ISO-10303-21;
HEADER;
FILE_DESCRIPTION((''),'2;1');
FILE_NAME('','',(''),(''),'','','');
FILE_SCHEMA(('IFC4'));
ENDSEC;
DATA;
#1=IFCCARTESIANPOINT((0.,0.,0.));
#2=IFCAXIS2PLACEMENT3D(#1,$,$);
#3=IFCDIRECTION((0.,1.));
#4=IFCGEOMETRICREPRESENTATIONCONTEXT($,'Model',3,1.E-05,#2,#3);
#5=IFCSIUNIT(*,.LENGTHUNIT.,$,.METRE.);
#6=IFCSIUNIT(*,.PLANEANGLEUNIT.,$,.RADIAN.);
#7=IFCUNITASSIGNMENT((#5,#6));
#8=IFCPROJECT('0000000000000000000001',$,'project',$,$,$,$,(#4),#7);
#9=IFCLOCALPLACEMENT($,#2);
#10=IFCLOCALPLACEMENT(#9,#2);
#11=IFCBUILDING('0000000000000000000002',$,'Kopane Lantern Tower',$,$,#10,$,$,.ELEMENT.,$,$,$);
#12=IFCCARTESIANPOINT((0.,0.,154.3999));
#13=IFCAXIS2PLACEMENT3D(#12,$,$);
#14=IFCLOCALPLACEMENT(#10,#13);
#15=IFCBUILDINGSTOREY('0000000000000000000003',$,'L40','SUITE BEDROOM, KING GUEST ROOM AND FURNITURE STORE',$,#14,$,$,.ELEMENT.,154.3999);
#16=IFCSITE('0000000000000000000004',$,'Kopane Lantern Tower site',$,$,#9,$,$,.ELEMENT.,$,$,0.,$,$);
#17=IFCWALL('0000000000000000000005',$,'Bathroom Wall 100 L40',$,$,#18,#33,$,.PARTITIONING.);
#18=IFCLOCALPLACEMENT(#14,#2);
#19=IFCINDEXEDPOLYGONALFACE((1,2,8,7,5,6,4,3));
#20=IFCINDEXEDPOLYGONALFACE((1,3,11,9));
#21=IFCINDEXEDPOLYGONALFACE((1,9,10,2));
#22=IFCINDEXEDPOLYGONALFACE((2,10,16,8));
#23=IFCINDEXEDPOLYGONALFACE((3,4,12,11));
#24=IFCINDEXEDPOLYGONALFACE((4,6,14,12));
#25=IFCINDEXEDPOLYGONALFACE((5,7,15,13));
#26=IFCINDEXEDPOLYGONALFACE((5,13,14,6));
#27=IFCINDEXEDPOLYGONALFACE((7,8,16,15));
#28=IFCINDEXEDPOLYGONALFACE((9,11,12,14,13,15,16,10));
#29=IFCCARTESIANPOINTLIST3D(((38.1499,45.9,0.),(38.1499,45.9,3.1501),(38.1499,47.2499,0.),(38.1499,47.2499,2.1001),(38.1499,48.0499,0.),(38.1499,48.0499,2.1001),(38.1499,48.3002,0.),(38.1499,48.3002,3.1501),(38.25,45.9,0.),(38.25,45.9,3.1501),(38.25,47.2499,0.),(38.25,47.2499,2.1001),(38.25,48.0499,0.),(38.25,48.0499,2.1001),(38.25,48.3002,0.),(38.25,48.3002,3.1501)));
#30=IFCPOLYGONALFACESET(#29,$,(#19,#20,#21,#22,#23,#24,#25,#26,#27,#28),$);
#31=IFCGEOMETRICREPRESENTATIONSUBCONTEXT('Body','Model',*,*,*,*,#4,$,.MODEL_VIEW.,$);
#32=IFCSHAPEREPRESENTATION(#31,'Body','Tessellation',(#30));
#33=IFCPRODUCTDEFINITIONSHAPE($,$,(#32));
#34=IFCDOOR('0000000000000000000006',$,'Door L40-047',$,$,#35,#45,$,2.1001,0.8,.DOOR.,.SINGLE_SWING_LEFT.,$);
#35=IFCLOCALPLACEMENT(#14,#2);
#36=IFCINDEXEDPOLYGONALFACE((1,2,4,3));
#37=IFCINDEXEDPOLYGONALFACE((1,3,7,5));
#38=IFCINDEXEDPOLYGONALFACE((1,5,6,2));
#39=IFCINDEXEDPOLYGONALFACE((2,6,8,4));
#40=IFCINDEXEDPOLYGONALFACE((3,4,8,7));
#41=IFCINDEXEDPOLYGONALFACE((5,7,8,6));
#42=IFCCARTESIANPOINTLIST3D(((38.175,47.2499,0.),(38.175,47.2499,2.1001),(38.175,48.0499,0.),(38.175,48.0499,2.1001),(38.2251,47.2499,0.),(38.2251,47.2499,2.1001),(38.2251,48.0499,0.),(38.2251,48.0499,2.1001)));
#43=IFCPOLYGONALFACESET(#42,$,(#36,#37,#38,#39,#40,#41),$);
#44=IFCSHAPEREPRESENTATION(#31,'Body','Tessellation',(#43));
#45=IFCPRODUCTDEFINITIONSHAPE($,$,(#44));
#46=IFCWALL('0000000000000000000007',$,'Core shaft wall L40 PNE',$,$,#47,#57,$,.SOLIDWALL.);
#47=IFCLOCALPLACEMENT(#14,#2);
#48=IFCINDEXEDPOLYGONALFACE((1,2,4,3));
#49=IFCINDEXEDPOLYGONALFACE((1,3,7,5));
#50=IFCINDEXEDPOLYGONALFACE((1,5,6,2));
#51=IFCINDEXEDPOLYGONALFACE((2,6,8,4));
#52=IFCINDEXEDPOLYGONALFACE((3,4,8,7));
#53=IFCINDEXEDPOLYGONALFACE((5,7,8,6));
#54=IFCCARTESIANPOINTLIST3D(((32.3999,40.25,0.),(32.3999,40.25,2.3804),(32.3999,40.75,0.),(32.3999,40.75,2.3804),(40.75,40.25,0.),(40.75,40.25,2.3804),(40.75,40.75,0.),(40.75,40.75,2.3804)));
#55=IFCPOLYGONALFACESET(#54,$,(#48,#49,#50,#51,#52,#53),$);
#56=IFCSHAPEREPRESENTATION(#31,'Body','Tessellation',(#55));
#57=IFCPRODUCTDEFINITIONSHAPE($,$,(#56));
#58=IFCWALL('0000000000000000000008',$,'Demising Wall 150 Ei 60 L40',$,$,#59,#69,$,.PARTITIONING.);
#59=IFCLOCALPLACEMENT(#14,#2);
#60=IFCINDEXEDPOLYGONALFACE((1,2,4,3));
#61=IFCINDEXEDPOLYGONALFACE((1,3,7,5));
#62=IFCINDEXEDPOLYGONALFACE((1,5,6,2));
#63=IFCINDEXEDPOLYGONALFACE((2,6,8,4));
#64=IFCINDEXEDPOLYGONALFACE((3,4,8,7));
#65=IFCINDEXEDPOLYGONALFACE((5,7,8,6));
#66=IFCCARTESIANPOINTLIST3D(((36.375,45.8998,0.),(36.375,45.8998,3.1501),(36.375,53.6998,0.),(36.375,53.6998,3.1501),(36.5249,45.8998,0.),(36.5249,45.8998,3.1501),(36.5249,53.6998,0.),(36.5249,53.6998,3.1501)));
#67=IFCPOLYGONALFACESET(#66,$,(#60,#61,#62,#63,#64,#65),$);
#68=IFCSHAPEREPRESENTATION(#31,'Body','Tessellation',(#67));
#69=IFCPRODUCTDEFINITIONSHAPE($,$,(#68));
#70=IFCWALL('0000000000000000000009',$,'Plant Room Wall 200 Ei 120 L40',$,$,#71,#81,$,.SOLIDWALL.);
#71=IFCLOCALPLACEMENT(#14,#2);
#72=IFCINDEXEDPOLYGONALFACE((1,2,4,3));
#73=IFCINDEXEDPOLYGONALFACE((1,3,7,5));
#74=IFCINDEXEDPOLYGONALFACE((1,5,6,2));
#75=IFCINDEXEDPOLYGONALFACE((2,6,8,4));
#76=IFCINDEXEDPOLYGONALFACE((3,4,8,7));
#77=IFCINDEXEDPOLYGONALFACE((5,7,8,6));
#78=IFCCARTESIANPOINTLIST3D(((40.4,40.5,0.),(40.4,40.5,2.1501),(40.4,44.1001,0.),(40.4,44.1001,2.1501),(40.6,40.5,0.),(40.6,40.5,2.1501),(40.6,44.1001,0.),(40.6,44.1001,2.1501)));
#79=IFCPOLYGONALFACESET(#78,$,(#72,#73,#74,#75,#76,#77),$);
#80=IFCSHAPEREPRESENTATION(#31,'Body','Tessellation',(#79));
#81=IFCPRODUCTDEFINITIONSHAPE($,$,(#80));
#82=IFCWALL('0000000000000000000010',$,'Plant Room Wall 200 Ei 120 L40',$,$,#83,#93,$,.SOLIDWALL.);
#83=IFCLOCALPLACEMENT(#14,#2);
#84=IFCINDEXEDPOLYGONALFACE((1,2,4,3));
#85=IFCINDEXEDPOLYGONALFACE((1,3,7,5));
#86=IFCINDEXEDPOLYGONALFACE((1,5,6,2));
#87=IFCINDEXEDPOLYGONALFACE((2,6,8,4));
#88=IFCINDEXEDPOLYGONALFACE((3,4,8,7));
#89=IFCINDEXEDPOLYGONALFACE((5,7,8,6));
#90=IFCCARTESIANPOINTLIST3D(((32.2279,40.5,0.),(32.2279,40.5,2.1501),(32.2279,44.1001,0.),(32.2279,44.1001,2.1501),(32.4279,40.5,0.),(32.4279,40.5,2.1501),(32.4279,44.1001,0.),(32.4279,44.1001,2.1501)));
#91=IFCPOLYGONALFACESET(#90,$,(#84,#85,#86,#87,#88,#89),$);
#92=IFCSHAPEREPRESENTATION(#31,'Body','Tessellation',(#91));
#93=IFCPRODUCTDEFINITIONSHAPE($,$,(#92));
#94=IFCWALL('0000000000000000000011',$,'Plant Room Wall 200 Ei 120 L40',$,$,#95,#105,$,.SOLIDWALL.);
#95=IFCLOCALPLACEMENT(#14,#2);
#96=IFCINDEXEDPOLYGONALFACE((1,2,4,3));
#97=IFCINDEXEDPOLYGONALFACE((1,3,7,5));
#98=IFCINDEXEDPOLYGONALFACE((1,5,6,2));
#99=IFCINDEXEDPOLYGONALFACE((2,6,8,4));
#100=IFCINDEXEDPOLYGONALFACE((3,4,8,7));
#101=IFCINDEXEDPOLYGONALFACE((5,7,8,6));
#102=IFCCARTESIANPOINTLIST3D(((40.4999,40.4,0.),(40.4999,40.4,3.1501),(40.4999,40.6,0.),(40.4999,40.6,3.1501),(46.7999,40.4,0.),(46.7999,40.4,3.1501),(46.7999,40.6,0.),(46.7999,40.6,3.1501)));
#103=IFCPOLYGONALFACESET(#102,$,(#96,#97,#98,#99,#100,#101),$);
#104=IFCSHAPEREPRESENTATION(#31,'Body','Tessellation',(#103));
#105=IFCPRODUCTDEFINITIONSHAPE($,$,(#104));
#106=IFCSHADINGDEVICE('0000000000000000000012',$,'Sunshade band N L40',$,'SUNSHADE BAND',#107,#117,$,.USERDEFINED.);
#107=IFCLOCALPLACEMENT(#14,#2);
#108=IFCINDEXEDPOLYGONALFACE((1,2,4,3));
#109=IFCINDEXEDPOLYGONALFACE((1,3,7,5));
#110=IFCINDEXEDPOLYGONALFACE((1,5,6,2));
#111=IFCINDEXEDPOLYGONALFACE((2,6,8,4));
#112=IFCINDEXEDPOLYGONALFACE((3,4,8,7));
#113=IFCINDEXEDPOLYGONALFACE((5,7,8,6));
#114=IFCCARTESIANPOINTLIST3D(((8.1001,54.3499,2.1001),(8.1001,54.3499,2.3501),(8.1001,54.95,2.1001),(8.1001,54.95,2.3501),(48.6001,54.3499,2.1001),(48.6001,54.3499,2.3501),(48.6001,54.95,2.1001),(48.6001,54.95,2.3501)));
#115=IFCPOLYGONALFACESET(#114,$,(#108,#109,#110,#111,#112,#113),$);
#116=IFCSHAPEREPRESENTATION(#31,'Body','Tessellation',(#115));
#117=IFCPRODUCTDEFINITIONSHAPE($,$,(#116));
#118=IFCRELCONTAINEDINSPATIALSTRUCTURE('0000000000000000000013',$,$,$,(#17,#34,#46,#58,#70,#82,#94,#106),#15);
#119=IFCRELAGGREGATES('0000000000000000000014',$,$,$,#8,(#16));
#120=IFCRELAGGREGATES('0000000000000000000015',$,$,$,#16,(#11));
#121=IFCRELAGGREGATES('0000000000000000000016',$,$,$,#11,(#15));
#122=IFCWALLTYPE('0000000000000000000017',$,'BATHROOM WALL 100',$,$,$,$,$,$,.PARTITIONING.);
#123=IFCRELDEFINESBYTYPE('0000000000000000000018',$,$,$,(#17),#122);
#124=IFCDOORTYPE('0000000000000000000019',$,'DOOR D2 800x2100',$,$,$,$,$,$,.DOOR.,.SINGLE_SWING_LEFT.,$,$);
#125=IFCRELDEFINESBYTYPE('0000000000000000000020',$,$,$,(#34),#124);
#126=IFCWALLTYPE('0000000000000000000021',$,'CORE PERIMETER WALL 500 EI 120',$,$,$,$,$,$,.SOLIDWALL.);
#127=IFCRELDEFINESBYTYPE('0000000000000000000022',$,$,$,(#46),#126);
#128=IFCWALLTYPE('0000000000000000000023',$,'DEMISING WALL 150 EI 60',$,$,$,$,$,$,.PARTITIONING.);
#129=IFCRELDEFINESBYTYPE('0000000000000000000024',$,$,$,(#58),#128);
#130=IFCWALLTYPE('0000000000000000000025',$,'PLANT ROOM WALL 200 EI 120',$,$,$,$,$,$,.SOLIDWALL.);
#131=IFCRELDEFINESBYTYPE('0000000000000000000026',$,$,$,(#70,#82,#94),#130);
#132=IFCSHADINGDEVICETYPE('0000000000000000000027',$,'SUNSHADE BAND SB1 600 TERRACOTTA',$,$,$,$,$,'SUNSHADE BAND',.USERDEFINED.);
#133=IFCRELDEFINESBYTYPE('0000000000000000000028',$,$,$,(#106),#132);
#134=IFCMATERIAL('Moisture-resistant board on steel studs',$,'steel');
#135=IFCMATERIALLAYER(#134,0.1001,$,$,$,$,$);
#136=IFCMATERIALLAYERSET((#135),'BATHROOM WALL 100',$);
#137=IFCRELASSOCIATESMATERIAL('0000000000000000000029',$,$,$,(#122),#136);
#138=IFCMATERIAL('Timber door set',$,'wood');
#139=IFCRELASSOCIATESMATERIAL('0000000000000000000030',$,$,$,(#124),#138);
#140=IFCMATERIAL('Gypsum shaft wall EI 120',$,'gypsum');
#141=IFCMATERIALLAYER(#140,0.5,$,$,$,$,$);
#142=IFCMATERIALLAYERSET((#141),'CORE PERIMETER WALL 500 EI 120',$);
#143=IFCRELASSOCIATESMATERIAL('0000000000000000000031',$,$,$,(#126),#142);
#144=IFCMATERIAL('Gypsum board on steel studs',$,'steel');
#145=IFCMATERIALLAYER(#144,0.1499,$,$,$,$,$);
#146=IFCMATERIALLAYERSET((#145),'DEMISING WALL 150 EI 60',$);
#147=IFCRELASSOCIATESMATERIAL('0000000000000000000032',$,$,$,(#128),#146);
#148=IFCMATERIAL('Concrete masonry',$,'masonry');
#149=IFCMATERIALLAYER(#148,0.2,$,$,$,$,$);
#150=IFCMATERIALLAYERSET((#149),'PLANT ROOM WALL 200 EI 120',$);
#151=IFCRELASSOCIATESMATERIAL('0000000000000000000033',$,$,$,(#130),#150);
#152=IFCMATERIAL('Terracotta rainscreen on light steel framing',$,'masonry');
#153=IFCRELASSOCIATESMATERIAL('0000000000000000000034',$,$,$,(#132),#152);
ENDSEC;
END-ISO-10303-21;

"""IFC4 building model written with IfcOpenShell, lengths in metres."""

from ifc_helpers import new_model, si_unit, direction, frame, frame_2d, origin, origin_2d, place, context, subcontext, project, spatial, rectangle, extrude, material, layer, layer_set, type_object, element, fill, save


model = new_model("IFC4")

# Units and contexts
model_context = context("Model", 3, precision=1e-05, world=origin(), true_north=direction((0.0, 1.0)))
body_context = subcontext(model_context, "Body", "Model", "MODEL_VIEW")
ifc_project = project(units=[si_unit("LENGTHUNIT", "METRE"), si_unit("PLANEANGLEUNIT", "RADIAN")], contexts=[model_context])

# Site, building, storey
site_placement = place(None, origin())
site = spatial("IfcSite", under=ifc_project, at=site_placement, Name="Kopane Lantern Tower site", CompositionType="ELEMENT", RefElevation=0.0)
building_placement = place(site_placement, origin())
building = spatial("IfcBuilding", under=site, at=building_placement, Name="Kopane Lantern Tower", CompositionType="ELEMENT")
storey_placement = place(building_placement, frame((0.0, 0.0, 154.3999)))
storey = spatial("IfcBuildingStorey", under=building, at=storey_placement, Name="L40", Description="SUITE BEDROOM, KING GUEST ROOM AND FURNITURE STORE", CompositionType="ELEMENT", Elevation=154.3999)

# Shared definitions
ifc_material_1 = material(Name="Moisture-resistant board on steel studs", Category="steel")
ifc_layer_1 = layer(ifc_material_1, 0.1001)
ifc_layer_set_1 = layer_set([ifc_layer_1], Name="BATHROOM WALL 100")
wall_type_1 = type_object("IfcWallType", Name="BATHROOM WALL 100", PredefinedType="PARTITIONING", material=ifc_layer_set_1)

# Shared definitions
ifc_material_2 = material(Name="Timber door set", Category="wood")
door_type_1 = type_object("IfcDoorType", Name="DOOR D2 800x2100", OperationType="SINGLE_SWING_LEFT", PredefinedType="DOOR", material=ifc_material_2)

# Wall, opening, door
wall_1_placement = place(storey_placement, frame((38.2, 45.8999, 0.0), z_axis=(0.0, 0.0, 1.0), x_axis=(0.0, 1.0, 0.0)))
wall_1 = element("IfcWall", 1, at=wall_1_placement, inside=storey, type_object=wall_type_1, Name="Bathroom Wall 100 L40", PredefinedType="PARTITIONING", context=body_context, shape_type="SweptSolid", body=[
    extrude(rectangle(XDim=2.4001, YDim=0.1001, at=frame_2d((1.2002, 0.0))), origin(), (0.0, 0.0, 1.0), 3.1501),
])
opening_1_placement = place(wall_1_placement, frame((1.3501, 0.0, 0.0)))
opening_1 = element("IfcOpeningElement", 2, at=opening_1_placement, cuts=wall_1, PredefinedType="OPENING", context=body_context, shape_type="SweptSolid", body=[
    extrude(rectangle(XDim=0.8, YDim=2.1001, at=frame_2d((0.3999, 1.05))), frame((0.0, 0.0601, 0.0), z_axis=(0.0, -1.0, 0.0), x_axis=(1.0, 0.0, 0.0)), (0.0, 0.0, 1.0), 0.1201),
])
door_1_placement = place(opening_1_placement, origin())
door_1 = element("IfcDoor", 3, at=door_1_placement, inside=storey, type_object=door_type_1, Name="Door L40-047", OperationType="SINGLE_SWING_LEFT", OverallHeight=2.1001, OverallWidth=0.8, PredefinedType="DOOR", context=body_context, shape_type="SweptSolid", body=[
    extrude(rectangle(XDim=0.8, YDim=2.1001, at=frame_2d((0.3999, 1.05))), frame((0.0, 0.0249, 0.0), z_axis=(0.0, -1.0, 0.0), x_axis=(1.0, 0.0, 0.0)), (0.0, 0.0, 1.0), 0.05),
])
fill(opening_1, door_1)

# Walls
ifc_material_3 = material(Name="Gypsum shaft wall EI 120", Category="gypsum")
ifc_layer_2 = layer(ifc_material_3, 0.5)
ifc_layer_set_2 = layer_set([ifc_layer_2], Name="CORE PERIMETER WALL 500 EI 120")
wall_type_2 = type_object("IfcWallType", Name="CORE PERIMETER WALL 500 EI 120", PredefinedType="SOLIDWALL", material=ifc_layer_set_2)
wall_2_placement = place(storey_placement, frame((32.3999, 40.5, 0.0), z_axis=(0.0, 0.0, 1.0), x_axis=(1.0, 0.0, 0.0)))
element("IfcWall", 4, at=wall_2_placement, inside=storey, type_object=wall_type_2, Name="Core shaft wall L40 PNE", PredefinedType="SOLIDWALL", context=body_context, shape_type="SweptSolid", body=[
    extrude(rectangle(XDim=8.3501, YDim=0.5, at=frame_2d((4.175, 0.0))), origin(), (0.0, 0.0, 1.0), 2.3804),
])
ifc_material_4 = material(Name="Gypsum board on steel studs", Category="steel")
ifc_layer_3 = layer(ifc_material_4, 0.1499)
ifc_layer_set_3 = layer_set([ifc_layer_3], Name="DEMISING WALL 150 EI 60")
wall_type_3 = type_object("IfcWallType", Name="DEMISING WALL 150 EI 60", PredefinedType="PARTITIONING", material=ifc_layer_set_3)
wall_3_placement = place(storey_placement, frame((36.45, 45.8999, 0.0), z_axis=(0.0, 0.0, 1.0), x_axis=(0.0, 1.0, 0.0)))
element("IfcWall", 5, at=wall_3_placement, inside=storey, type_object=wall_type_3, Name="Demising Wall 150 Ei 60 L40", PredefinedType="PARTITIONING", context=body_context, shape_type="SweptSolid", body=[
    extrude(rectangle(XDim=7.8, YDim=0.1499, at=frame_2d((3.8999, 0.0))), origin(), (0.0, 0.0, 1.0), 3.1501),
])
ifc_material_5 = material(Name="Concrete masonry", Category="masonry")
ifc_layer_4 = layer(ifc_material_5, 0.2)
ifc_layer_set_4 = layer_set([ifc_layer_4], Name="PLANT ROOM WALL 200 EI 120")
wall_type_4 = type_object("IfcWallType", Name="PLANT ROOM WALL 200 EI 120", PredefinedType="SOLIDWALL", material=ifc_layer_set_4)
for number, where, z_axis, x_axis, name in (
    (6, (40.5, 40.5, 0.0), (0.0, 0.0, 1.0), (0.0, 1.0, 0.0), "Plant Room Wall 200 Ei 120 L40"),
    (7, (32.3279, 44.1001, 0.0), (0.0, 0.0, 1.0), (0.0, -1.0, 0.0), "Plant Room Wall 200 Ei 120 L40"),
):
    element("IfcWall", number, at=place(storey_placement, frame(where, z_axis=z_axis, x_axis=x_axis)), inside=storey, type_object=wall_type_4, Name=name, PredefinedType="SOLIDWALL", context=body_context, shape_type="SweptSolid", body=[
        extrude(rectangle(XDim=3.6001, YDim=0.2, at=frame_2d((1.8, 0.0))), origin(), (0.0, 0.0, 1.0), 2.1501),
    ])
wall_4_placement = place(storey_placement, frame((40.5, 40.5, 0.0), z_axis=(0.0, 0.0, 1.0), x_axis=(1.0, 0.0, 0.0)))
element("IfcWall", 8, at=wall_4_placement, inside=storey, type_object=wall_type_4, Name="Plant Room Wall 200 Ei 120 L40", PredefinedType="SOLIDWALL", context=body_context, shape_type="SweptSolid", body=[
    extrude(rectangle(XDim=6.3, YDim=0.2, at=frame_2d((3.1499, 0.0))), origin(), (0.0, 0.0, 1.0), 3.1501),
])

# Shading device
ifc_material_6 = material(Name="Terracotta rainscreen on light steel framing", Category="masonry")
shading_device_type = type_object("IfcShadingDeviceType", Name="SUNSHADE BAND SB1 600 TERRACOTTA", ElementType="SUNSHADE BAND", PredefinedType="USERDEFINED", material=ifc_material_6)
shading_device_placement = place(storey_placement, frame((28.3501, 54.6499, 2.1001), z_axis=(0.0, 0.0, 1.0), x_axis=(-1.0, 0.0, 0.0)))
element("IfcShadingDevice", 9, at=shading_device_placement, inside=storey, type_object=shading_device_type, Name="Sunshade band N L40", ObjectType="SUNSHADE BAND", PredefinedType="USERDEFINED", context=body_context, shape_type="SweptSolid", body=[
    extrude(rectangle(XDim=40.5, YDim=0.6001, at=origin_2d()), origin(), (0.0, 0.0, 1.0), 0.25),
])

save(model, "model.ifc")
